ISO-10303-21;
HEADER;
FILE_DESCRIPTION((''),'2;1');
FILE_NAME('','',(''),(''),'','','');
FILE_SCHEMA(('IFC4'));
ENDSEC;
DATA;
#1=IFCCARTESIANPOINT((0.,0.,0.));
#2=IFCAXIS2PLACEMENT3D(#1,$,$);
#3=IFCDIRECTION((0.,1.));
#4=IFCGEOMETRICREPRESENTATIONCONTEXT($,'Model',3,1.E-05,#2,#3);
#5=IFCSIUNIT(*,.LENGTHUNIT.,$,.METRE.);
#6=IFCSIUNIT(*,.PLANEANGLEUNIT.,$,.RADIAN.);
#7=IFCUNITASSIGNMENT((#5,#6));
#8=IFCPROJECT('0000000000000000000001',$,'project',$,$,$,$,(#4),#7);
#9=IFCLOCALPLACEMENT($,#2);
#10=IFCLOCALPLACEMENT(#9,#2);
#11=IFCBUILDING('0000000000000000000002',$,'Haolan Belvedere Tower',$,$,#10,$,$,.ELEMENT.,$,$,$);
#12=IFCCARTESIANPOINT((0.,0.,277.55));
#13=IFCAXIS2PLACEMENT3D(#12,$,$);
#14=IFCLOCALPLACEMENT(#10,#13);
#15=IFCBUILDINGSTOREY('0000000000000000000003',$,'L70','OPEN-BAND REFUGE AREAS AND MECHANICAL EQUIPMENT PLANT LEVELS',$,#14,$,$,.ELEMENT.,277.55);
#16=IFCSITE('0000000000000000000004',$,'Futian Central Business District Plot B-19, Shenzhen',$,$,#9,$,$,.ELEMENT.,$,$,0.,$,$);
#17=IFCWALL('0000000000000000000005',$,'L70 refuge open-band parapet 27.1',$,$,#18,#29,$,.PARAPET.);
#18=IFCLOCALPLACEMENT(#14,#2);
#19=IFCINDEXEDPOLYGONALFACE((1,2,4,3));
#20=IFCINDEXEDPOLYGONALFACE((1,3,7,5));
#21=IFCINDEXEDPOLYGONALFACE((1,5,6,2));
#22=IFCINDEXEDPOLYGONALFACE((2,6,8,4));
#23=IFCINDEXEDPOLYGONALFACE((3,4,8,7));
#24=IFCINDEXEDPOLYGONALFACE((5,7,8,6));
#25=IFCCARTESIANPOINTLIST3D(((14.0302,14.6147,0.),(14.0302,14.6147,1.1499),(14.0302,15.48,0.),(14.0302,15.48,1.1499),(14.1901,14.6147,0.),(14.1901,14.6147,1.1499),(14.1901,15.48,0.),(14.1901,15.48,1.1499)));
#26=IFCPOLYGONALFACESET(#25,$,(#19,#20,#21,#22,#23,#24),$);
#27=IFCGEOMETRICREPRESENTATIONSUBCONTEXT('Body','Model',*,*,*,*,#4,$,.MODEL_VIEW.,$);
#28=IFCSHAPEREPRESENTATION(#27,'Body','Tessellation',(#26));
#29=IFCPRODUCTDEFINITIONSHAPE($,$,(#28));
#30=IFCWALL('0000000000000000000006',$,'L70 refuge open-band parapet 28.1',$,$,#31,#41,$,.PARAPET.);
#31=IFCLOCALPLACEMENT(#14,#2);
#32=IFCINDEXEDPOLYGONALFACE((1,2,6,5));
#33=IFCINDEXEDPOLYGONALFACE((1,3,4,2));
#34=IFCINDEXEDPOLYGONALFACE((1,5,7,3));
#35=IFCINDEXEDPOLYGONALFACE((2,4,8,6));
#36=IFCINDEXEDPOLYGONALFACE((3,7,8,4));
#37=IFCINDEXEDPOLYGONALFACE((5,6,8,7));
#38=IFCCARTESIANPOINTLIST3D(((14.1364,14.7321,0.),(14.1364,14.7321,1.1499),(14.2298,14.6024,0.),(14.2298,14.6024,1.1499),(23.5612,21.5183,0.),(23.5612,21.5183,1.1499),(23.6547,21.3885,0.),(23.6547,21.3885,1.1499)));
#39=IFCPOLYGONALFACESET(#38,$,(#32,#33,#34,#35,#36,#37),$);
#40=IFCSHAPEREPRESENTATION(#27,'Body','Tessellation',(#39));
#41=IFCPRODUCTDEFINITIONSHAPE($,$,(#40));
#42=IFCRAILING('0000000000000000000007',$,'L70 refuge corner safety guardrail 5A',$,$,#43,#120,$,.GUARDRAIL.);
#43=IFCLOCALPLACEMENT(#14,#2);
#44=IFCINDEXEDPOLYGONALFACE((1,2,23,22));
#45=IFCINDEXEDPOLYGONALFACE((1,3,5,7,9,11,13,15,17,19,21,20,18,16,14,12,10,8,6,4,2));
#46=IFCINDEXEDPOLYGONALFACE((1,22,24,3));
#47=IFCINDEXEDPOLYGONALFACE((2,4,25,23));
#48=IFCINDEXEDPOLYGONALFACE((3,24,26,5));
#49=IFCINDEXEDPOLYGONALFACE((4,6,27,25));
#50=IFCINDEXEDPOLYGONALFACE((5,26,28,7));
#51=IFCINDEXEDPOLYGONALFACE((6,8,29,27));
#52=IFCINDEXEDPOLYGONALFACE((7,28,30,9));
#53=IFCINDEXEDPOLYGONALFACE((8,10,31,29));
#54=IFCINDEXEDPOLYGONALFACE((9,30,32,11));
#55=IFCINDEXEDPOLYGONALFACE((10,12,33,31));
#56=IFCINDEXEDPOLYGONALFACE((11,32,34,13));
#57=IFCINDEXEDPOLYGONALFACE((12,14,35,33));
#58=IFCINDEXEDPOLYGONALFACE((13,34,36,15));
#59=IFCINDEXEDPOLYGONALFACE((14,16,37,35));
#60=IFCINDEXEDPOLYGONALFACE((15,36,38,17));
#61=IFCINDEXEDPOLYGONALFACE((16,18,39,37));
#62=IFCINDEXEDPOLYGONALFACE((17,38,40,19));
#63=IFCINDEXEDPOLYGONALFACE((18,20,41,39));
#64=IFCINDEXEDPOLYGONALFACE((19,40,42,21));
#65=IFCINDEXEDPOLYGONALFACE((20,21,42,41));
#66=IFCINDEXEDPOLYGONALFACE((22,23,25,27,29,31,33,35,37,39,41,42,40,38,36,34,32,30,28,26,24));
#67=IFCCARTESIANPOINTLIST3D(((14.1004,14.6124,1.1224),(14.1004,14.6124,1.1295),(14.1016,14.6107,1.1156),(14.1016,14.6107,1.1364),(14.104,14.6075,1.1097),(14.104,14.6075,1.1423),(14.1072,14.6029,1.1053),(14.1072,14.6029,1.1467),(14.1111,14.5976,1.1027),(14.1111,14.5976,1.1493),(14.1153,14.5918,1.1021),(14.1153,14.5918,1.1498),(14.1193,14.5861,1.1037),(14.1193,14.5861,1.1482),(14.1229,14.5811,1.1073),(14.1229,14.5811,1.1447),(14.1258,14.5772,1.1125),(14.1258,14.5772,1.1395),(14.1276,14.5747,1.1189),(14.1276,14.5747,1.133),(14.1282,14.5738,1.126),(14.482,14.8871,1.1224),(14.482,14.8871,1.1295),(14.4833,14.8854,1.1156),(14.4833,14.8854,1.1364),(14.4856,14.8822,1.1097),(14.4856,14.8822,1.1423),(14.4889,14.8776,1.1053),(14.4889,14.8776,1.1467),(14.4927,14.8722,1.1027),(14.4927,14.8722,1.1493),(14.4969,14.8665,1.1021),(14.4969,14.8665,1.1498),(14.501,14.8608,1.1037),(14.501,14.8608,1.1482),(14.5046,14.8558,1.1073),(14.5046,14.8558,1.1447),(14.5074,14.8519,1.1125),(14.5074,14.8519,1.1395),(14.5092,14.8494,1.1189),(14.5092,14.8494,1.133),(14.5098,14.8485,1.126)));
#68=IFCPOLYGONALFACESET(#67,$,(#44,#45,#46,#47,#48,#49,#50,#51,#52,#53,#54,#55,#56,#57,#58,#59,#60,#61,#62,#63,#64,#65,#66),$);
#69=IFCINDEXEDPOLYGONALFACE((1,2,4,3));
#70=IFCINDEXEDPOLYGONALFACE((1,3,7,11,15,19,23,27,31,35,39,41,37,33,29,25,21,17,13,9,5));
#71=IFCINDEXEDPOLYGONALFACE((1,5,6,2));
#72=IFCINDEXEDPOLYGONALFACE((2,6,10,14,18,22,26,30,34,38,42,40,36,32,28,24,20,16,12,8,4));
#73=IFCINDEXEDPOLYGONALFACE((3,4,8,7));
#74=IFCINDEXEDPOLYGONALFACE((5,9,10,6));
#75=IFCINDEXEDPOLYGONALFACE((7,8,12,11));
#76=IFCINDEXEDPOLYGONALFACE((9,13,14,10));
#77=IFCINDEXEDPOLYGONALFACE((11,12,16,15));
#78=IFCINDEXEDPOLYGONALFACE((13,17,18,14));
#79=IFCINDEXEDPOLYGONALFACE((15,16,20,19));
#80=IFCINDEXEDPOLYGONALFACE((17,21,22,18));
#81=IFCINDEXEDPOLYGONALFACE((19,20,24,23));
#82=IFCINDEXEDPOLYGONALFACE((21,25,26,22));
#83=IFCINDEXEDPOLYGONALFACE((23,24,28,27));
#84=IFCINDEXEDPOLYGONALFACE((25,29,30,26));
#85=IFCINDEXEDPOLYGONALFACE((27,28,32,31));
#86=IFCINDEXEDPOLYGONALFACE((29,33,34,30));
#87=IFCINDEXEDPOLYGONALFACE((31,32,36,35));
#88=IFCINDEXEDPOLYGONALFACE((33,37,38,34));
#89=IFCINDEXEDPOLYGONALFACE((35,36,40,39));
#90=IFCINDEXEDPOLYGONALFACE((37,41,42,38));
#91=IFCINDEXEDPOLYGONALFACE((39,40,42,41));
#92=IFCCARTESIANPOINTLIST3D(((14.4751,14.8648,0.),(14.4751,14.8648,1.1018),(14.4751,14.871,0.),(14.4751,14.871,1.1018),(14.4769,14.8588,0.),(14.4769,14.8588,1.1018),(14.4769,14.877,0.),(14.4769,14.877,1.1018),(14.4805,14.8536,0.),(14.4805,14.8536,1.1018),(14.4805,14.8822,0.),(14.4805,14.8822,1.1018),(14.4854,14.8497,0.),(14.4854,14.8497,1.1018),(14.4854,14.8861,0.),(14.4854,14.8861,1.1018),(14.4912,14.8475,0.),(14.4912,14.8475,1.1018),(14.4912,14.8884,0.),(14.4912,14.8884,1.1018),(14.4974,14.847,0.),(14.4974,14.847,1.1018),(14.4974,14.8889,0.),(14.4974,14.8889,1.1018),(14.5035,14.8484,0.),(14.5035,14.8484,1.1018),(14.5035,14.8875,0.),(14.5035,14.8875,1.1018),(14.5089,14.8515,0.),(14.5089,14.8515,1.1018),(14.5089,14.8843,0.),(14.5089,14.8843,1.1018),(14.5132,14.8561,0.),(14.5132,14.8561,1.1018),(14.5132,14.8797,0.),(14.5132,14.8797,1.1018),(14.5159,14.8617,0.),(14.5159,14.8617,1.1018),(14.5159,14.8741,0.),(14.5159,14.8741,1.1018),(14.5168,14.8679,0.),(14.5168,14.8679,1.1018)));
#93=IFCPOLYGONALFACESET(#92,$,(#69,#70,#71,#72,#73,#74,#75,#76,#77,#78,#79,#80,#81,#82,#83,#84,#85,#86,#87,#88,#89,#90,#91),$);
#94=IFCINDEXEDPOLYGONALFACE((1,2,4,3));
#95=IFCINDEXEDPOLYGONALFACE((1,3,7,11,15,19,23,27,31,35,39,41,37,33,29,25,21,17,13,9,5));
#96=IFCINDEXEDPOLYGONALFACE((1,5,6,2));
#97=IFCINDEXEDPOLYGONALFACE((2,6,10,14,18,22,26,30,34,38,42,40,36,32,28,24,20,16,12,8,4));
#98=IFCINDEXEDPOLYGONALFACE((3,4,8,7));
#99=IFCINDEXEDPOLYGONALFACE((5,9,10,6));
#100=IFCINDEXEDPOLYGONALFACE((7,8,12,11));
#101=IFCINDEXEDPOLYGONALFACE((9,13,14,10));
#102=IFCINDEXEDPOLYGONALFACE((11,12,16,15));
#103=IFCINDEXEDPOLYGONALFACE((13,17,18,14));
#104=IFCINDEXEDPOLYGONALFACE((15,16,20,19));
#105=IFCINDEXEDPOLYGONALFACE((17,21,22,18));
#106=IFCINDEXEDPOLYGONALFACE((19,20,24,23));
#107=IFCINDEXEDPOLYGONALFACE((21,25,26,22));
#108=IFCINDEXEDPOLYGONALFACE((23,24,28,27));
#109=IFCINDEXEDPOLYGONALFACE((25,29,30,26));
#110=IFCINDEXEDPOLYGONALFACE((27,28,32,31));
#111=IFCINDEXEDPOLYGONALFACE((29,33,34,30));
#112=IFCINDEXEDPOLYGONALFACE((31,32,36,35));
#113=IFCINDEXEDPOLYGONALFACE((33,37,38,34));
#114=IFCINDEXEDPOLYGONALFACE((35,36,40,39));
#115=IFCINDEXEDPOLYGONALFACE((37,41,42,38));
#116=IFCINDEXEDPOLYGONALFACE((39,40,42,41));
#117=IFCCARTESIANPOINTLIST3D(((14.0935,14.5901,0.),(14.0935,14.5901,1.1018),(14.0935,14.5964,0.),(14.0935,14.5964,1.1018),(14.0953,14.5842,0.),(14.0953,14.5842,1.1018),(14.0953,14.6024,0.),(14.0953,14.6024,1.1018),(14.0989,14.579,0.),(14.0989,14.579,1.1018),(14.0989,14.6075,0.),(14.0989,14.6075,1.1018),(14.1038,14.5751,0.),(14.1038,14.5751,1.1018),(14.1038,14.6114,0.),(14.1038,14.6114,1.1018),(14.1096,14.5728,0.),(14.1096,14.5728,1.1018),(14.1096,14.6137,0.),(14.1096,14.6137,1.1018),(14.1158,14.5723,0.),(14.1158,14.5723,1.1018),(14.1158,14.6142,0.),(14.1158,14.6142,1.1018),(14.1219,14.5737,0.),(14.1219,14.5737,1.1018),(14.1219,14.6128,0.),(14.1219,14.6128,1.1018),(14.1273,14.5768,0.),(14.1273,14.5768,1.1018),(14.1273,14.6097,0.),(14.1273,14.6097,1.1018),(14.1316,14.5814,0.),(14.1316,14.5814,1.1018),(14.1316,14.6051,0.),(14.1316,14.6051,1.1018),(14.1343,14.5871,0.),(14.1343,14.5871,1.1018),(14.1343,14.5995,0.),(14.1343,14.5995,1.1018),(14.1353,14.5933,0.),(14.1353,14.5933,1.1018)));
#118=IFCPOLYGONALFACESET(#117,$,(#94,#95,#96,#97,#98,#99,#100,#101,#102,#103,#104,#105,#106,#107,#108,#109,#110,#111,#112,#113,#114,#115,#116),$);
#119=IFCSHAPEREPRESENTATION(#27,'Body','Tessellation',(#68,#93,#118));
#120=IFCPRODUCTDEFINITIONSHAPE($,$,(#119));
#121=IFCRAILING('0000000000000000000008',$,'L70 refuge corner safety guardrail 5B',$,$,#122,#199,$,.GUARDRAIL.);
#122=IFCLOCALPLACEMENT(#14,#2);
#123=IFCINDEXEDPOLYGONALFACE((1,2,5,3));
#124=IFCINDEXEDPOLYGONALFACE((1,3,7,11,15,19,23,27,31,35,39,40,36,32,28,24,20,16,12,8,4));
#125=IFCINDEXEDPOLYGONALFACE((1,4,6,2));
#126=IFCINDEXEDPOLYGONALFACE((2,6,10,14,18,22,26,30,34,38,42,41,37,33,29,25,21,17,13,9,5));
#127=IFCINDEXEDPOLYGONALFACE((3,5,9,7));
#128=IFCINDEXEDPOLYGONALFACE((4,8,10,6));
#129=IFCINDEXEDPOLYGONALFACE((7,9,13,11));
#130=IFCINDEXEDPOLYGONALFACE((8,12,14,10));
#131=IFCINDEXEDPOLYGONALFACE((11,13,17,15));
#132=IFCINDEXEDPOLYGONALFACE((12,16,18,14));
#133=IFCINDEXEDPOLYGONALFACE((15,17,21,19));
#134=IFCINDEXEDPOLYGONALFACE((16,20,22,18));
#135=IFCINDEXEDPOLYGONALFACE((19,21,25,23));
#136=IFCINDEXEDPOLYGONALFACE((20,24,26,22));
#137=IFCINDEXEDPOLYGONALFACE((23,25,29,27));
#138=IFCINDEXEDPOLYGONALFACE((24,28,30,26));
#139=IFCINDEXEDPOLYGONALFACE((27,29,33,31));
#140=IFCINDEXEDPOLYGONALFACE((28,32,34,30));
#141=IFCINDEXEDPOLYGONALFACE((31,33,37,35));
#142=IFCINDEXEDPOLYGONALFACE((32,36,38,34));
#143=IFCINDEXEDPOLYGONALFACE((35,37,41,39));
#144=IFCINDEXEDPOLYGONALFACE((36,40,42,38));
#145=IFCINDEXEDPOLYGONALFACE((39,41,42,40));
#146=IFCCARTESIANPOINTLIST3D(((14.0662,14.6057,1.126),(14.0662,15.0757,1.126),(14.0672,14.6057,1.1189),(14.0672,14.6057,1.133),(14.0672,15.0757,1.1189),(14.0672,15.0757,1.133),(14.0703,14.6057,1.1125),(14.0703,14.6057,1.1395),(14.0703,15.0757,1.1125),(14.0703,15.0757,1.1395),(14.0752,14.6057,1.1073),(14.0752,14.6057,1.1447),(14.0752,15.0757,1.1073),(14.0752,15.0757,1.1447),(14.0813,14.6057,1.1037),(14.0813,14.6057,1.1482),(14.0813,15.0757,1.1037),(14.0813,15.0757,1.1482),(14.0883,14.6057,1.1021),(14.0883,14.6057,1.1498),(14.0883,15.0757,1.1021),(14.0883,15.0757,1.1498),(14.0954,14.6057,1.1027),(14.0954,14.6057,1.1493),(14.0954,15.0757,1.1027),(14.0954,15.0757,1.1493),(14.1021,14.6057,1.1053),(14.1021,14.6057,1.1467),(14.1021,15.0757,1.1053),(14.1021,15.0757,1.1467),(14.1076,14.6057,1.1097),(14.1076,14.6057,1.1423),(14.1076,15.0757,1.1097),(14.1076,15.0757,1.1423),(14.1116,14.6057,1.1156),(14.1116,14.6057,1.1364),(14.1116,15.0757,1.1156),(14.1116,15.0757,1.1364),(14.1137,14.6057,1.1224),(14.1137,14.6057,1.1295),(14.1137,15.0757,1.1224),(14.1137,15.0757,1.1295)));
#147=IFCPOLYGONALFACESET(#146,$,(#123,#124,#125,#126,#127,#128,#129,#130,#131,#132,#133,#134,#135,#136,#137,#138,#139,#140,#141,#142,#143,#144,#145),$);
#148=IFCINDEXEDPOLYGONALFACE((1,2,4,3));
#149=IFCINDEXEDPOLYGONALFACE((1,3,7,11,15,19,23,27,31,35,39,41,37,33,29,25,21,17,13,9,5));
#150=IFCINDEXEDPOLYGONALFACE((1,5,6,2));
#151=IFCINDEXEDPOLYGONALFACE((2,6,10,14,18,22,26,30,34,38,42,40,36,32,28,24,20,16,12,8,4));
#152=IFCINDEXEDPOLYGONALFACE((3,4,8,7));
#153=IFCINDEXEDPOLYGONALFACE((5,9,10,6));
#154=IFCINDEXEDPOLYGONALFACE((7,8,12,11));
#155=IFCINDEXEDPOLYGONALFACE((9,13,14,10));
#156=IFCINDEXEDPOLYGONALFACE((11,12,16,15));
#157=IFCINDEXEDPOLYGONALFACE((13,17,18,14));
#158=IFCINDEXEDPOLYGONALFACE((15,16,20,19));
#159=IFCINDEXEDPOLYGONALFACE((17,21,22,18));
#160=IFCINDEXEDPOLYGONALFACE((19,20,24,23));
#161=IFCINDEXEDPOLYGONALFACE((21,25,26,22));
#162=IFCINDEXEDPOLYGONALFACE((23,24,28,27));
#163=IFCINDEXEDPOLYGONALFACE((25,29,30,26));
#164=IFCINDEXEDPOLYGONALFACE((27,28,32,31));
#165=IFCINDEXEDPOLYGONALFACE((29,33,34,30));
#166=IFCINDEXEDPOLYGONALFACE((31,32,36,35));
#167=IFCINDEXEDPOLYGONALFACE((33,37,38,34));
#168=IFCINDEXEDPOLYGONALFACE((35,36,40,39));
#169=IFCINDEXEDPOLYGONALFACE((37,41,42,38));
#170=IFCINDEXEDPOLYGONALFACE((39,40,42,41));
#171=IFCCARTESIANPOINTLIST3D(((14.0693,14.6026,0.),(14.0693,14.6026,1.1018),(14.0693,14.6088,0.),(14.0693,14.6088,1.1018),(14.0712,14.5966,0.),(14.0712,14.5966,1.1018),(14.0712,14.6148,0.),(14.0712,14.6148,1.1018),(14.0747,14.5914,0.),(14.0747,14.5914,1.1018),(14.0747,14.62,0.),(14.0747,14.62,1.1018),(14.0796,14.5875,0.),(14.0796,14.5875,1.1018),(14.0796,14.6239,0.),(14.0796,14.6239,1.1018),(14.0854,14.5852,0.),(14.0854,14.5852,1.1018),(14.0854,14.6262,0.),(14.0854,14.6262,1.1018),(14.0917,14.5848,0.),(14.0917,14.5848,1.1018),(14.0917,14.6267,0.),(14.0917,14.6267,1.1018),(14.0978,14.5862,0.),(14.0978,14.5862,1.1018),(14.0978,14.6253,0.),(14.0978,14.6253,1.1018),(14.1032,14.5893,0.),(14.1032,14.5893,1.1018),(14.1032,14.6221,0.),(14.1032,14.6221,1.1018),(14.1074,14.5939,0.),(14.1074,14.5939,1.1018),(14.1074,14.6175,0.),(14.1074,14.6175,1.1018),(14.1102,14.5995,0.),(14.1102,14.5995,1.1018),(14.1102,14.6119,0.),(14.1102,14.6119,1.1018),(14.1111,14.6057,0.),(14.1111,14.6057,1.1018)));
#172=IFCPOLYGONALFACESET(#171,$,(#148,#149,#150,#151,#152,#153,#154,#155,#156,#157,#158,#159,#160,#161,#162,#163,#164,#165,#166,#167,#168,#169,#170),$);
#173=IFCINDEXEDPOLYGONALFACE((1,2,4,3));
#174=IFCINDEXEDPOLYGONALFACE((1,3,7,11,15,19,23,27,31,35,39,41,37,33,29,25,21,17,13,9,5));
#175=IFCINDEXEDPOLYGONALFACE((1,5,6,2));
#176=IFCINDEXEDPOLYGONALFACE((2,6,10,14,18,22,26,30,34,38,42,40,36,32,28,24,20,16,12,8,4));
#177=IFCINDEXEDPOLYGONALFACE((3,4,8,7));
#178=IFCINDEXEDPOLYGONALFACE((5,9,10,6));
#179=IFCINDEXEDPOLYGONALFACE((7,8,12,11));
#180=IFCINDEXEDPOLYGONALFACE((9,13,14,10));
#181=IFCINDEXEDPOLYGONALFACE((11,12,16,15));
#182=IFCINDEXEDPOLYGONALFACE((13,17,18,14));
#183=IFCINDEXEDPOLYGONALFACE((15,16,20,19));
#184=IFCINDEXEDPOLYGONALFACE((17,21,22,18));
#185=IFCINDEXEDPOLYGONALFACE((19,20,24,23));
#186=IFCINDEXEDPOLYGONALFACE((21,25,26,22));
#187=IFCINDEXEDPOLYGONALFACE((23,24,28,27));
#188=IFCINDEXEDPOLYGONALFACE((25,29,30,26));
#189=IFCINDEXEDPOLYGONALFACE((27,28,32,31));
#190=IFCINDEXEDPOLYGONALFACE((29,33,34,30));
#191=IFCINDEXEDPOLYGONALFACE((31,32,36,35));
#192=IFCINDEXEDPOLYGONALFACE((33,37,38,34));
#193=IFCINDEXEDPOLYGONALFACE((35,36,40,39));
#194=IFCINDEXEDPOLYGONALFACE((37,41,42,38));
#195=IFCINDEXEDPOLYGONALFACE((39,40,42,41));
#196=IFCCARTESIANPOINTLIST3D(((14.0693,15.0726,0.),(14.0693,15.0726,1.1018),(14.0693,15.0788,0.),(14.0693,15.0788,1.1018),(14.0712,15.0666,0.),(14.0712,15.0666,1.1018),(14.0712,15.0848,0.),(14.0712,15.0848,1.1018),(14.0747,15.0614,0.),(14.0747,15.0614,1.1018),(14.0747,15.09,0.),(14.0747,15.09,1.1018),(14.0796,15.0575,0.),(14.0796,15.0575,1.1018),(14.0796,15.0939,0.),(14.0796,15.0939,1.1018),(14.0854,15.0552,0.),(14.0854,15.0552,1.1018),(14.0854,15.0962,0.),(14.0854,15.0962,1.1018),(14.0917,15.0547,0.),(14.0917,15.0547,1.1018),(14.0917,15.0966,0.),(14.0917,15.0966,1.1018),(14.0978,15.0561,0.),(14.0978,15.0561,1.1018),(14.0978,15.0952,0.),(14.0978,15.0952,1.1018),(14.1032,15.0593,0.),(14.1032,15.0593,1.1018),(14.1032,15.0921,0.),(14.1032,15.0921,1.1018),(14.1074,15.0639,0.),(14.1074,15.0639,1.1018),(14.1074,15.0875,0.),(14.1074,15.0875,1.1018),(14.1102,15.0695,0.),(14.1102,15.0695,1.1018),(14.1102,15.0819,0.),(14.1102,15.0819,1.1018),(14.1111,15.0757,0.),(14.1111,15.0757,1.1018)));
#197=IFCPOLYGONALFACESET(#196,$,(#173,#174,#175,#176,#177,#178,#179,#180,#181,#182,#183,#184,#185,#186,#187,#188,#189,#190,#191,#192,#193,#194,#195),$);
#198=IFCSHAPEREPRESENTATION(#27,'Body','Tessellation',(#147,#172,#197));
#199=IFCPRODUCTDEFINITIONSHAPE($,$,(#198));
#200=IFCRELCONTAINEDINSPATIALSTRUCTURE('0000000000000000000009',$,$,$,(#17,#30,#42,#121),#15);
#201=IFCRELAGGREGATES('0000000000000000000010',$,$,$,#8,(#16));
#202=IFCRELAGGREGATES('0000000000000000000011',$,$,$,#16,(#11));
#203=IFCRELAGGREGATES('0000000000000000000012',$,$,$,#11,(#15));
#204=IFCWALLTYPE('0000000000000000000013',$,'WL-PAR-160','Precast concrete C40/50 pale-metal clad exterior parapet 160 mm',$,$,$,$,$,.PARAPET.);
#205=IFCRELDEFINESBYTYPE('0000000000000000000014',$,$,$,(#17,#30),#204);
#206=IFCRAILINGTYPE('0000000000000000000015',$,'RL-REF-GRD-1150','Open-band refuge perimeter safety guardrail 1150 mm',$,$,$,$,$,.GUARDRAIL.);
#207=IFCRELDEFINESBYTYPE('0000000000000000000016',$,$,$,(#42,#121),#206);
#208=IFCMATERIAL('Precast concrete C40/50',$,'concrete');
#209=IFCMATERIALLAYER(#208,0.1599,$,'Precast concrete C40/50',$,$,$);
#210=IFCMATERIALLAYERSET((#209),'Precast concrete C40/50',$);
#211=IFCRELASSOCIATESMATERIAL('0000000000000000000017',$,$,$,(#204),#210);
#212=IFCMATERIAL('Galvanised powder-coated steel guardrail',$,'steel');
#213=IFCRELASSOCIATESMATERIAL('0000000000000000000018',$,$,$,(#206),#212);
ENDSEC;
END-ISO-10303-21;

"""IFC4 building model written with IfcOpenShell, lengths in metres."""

from ifc_helpers import new_model, si_unit, direction, frame, frame_2d, origin, origin_2d, place, context, subcontext, project, spatial, rectangle, circle, extrude, material, layer, layer_set, type_object, element, save


model = new_model("IFC4")

# Units and contexts
model_context = context("Model", 3, precision=1e-05, world=origin(), true_north=direction((0.0, 1.0)))
body_context = subcontext(model_context, "Body", "Model", "MODEL_VIEW")
ifc_project = project(units=[si_unit("LENGTHUNIT", "METRE"), si_unit("PLANEANGLEUNIT", "RADIAN")], contexts=[model_context])

# Site, building, storey
site_placement = place(None, origin())
site = spatial("IfcSite", under=ifc_project, at=site_placement, Name="Futian Central Business District Plot B-19, Shenzhen", CompositionType="ELEMENT", RefElevation=0.0)
building_placement = place(site_placement, origin())
building = spatial("IfcBuilding", under=site, at=building_placement, Name="Haolan Belvedere Tower", CompositionType="ELEMENT")
storey_placement = place(building_placement, frame((0.0, 0.0, 277.55)))
storey = spatial("IfcBuildingStorey", under=building, at=storey_placement, Name="L70", Description="OPEN-BAND REFUGE AREAS AND MECHANICAL EQUIPMENT PLANT LEVELS", CompositionType="ELEMENT", Elevation=277.55)

# Walls
ifc_material_1 = material(Name="Precast concrete C40/50", Category="concrete")
ifc_layer_1 = layer(ifc_material_1, 0.1599, Name="Precast concrete C40/50")
ifc_layer_set_1 = layer_set([ifc_layer_1], Name="Precast concrete C40/50")
wall_type_1 = type_object("IfcWallType", Name="WL-PAR-160", Description="Precast concrete C40/50 pale-metal clad exterior parapet 160 mm", PredefinedType="PARAPET", material=ifc_layer_set_1)
wall_1_placement = place(storey_placement, frame((14.1101, 15.48, 0.0), z_axis=(0.0, 0.0, 1.0), x_axis=(0.0, -1.0, 0.0)))
element("IfcWall", 1, at=wall_1_placement, inside=storey, type_object=wall_type_1, Name="L70 refuge open-band parapet 27.1", PredefinedType="PARAPET", context=body_context, shape_type="SweptSolid", body=[
    extrude(rectangle(XDim=0.8652, YDim=0.1599, at=frame_2d((0.4326, 0.0))), origin(), (0.0, 0.0, 1.0), 1.1499),
])
wall_2_placement = place(storey_placement, frame((14.1831, 14.6672, 0.0), z_axis=(0.0, 0.0, 1.0), x_axis=(0.811523, 0.58432, 0.0)))
element("IfcWall", 2, at=wall_2_placement, inside=storey, type_object=wall_type_1, Name="L70 refuge open-band parapet 28.1", PredefinedType="PARAPET", context=body_context, shape_type="SweptSolid", body=[
    extrude(rectangle(XDim=11.6138, YDim=0.1599, at=frame_2d((5.8069, 0.0))), origin(), (0.0, 0.0, 1.0), 1.1499),
])

# Railings
ifc_material_2 = material(Name="Galvanised powder-coated steel guardrail", Category="steel")
railing_type = type_object("IfcRailingType", Name="RL-REF-GRD-1150", Description="Open-band refuge perimeter safety guardrail 1150 mm", PredefinedType="GUARDRAIL", material=ifc_material_2)
railing_1_placement = place(storey_placement, frame((14.4958, 14.8679, 0.0)))
element("IfcRailing", 3, at=railing_1_placement, inside=storey, type_object=railing_type, Name="L70 refuge corner safety guardrail 5A", PredefinedType="GUARDRAIL", context=body_context, shape_type="SweptSolid", body=[
    extrude(circle(Radius=0.0239, at=origin_2d()), frame((0.0, 0.0, 1.126), z_axis=(-0.811623, -0.584182, 0.0), x_axis=(0.584182, -0.811623, 0.0)), (0.0, 0.0, 1.0), 0.4702),
    extrude(circle(Radius=0.021, at=origin_2d()), origin(), (0.0, 0.0, 1.0), 1.1018),
    extrude(circle(Radius=0.021, at=origin_2d()), frame((-0.3816, -0.2747, 0.0)), (0.0, 0.0, 1.0), 1.1018),
])
railing_2_placement = place(storey_placement, frame((14.0901, 14.6057, 0.0)))
element("IfcRailing", 4, at=railing_2_placement, inside=storey, type_object=railing_type, Name="L70 refuge corner safety guardrail 5B", PredefinedType="GUARDRAIL", context=body_context, shape_type="SweptSolid", body=[
    extrude(circle(Radius=0.0239, at=origin_2d()), frame((0.0, 0.0, 1.126), z_axis=(0.0, 1.0, 0.0), x_axis=(-1.0, 0.0, 0.0)), (0.0, 0.0, 1.0), 0.47),
    extrude(circle(Radius=0.021, at=origin_2d()), origin(), (0.0, 0.0, 1.0), 1.1018),
    extrude(circle(Radius=0.021, at=origin_2d()), frame((0.0, 0.47, 0.0)), (0.0, 0.0, 1.0), 1.1018),
])

save(model, "model.ifc")
